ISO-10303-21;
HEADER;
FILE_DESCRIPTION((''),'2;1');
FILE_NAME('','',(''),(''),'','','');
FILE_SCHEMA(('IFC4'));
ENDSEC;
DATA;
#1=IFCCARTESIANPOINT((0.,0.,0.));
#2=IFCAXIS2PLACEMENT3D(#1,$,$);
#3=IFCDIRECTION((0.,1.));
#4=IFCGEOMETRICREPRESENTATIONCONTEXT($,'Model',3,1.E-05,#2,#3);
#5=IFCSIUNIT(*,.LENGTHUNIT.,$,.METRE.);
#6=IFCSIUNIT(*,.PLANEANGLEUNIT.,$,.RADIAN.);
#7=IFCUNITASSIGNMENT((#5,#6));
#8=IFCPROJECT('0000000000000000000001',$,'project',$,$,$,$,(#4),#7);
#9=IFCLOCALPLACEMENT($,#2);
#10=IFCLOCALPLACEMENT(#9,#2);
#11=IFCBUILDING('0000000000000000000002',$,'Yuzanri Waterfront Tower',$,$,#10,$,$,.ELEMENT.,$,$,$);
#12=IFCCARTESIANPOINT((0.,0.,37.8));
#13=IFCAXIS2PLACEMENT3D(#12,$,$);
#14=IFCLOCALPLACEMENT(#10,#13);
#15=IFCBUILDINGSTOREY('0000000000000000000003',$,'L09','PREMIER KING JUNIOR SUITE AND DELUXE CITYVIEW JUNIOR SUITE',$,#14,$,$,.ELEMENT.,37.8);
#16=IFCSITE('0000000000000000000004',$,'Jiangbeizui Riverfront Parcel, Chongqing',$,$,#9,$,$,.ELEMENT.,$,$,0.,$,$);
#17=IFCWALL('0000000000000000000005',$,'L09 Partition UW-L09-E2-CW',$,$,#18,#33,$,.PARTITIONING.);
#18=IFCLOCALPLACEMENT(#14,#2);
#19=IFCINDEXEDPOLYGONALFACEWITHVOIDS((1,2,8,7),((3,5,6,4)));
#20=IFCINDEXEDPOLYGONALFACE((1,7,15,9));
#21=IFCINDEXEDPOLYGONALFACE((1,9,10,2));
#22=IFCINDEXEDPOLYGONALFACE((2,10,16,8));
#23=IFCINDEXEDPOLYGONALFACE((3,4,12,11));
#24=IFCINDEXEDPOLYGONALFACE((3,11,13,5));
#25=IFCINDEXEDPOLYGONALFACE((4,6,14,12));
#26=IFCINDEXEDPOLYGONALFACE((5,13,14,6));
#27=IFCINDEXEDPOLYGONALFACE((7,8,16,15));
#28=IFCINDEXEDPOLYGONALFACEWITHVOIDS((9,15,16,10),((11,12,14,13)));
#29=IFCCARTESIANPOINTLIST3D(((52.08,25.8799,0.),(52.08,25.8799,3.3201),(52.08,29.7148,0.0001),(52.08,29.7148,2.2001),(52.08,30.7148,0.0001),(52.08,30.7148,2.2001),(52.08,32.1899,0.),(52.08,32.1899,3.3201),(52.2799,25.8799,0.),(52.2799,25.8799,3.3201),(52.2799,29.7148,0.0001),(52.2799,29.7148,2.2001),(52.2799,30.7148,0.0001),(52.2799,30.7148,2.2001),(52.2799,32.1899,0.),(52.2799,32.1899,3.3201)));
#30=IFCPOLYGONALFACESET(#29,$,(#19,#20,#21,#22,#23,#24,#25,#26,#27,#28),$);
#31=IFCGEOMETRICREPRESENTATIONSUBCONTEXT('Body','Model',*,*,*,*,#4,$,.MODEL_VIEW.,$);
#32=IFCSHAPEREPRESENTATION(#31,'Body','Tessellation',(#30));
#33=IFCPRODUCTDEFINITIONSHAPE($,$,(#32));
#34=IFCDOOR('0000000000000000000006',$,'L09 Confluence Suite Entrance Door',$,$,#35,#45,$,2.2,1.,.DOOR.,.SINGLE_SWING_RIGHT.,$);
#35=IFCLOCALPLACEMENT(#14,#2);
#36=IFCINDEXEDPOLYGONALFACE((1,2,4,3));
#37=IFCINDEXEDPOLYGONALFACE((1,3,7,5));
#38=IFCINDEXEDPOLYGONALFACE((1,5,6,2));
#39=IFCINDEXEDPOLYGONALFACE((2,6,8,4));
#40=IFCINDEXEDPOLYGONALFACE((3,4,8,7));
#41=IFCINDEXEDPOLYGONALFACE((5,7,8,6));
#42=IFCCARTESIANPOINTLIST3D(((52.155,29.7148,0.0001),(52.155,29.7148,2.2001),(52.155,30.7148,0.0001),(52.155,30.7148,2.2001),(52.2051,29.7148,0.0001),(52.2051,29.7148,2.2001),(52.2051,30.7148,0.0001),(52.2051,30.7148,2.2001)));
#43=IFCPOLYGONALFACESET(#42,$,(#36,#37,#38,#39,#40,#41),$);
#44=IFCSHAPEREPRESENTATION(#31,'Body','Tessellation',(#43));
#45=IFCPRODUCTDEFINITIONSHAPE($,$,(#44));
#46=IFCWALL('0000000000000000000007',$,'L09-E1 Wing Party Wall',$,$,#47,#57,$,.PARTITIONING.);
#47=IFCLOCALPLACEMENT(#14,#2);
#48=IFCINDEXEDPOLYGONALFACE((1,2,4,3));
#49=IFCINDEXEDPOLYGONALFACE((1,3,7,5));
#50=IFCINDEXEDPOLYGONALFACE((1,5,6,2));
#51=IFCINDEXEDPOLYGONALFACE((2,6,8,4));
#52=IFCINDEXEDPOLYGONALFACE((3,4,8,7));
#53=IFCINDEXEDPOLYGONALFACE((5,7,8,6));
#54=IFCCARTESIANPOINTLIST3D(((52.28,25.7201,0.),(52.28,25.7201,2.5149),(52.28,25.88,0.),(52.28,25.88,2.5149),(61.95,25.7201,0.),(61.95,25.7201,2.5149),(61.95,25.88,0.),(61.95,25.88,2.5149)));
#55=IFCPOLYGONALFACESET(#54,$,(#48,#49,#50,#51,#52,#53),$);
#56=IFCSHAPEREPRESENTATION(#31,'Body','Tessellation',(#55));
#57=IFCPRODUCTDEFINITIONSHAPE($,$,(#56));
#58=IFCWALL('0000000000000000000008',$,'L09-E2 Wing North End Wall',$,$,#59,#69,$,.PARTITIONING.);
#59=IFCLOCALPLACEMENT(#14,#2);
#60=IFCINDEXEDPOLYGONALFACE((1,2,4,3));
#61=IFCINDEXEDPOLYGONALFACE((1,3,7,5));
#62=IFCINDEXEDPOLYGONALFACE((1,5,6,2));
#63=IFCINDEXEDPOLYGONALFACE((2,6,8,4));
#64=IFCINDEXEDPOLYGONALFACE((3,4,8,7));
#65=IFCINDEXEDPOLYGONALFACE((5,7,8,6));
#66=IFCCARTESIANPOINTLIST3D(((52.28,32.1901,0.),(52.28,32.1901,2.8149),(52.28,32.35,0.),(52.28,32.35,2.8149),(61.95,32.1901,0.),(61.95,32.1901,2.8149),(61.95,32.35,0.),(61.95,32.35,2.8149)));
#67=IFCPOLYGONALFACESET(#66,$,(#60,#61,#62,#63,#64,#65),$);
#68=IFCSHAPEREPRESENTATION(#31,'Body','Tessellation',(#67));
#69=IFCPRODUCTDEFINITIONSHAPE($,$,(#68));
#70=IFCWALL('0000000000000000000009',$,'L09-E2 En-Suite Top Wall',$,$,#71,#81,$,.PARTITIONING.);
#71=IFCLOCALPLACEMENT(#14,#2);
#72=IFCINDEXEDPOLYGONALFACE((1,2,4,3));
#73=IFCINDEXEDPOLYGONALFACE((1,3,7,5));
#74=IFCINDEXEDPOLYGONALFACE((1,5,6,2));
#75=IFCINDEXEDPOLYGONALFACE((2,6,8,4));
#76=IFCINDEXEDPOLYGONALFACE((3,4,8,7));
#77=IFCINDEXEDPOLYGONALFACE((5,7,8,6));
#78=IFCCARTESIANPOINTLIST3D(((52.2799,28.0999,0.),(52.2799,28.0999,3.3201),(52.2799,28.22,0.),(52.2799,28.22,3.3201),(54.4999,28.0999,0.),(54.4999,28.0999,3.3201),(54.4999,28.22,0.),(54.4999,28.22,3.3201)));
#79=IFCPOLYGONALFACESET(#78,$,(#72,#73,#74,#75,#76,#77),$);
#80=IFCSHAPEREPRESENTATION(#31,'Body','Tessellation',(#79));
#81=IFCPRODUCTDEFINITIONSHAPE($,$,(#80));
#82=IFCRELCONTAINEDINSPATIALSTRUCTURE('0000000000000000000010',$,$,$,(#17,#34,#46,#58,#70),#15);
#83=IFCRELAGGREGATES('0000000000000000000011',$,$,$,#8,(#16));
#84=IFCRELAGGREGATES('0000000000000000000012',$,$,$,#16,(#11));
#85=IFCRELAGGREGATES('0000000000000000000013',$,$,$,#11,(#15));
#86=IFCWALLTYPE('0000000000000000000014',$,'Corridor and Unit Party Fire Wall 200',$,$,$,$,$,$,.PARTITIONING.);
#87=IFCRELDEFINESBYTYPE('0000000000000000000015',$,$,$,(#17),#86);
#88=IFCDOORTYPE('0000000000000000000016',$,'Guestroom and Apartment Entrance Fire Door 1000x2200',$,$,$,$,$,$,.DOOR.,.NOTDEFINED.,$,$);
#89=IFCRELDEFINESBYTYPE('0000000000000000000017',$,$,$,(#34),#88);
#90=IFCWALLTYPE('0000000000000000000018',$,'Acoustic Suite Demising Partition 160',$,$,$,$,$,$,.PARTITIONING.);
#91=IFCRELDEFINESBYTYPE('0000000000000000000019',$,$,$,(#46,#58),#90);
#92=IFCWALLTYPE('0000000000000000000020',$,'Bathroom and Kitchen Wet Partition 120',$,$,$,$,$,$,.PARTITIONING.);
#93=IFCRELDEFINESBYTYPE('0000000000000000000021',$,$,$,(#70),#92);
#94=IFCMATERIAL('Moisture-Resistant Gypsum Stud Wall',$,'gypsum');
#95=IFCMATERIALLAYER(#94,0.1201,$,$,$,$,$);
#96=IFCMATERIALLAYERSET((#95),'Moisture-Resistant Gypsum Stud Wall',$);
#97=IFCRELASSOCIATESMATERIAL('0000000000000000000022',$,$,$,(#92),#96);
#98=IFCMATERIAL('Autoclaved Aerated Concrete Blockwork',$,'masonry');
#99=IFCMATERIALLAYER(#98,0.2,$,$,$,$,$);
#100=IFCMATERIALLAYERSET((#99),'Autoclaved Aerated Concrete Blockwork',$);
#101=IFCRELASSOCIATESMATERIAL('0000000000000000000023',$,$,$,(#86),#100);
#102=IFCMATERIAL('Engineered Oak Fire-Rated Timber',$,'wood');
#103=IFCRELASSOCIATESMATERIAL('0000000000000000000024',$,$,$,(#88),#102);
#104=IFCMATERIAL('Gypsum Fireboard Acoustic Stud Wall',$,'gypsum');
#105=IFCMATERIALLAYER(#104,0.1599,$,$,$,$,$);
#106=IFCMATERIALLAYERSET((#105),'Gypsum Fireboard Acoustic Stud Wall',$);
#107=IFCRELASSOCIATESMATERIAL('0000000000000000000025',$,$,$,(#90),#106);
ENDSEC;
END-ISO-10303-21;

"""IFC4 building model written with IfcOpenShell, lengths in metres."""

from ifc_helpers import new_model, si_unit, direction, frame, frame_2d, origin, place, context, subcontext, project, spatial, rectangle, extrude, source, transform, mapped, material, layer, layer_set, type_object, element, fill, save


model = new_model("IFC4")

# Units and contexts
model_context = context("Model", 3, precision=1e-05, world=origin(), true_north=direction((0.0, 1.0)))
body_context = subcontext(model_context, "Body", "Model", "MODEL_VIEW")
ifc_project = project(units=[si_unit("LENGTHUNIT", "METRE"), si_unit("PLANEANGLEUNIT", "RADIAN")], contexts=[model_context])

# Site, building, storey
site_placement = place(None, origin())
site = spatial("IfcSite", under=ifc_project, at=site_placement, Name="Jiangbeizui Riverfront Parcel, Chongqing", CompositionType="ELEMENT", RefElevation=0.0)
building_placement = place(site_placement, origin())
building = spatial("IfcBuilding", under=site, at=building_placement, Name="Yuzanri Waterfront Tower", CompositionType="ELEMENT")
storey_placement = place(building_placement, frame((0.0, 0.0, 37.8)))
storey = spatial("IfcBuildingStorey", under=building, at=storey_placement, Name="L09", Description="PREMIER KING JUNIOR SUITE AND DELUXE CITYVIEW JUNIOR SUITE", CompositionType="ELEMENT", Elevation=37.8)

# Wall, opening, door
ifc_material_1 = material(Name="Moisture-Resistant Gypsum Stud Wall", Category="gypsum")
ifc_layer_1 = layer(ifc_material_1, 0.1201)
ifc_layer_set_1 = layer_set([ifc_layer_1], Name="Moisture-Resistant Gypsum Stud Wall")
wall_type_1 = type_object("IfcWallType", Name="Bathroom and Kitchen Wet Partition 120", PredefinedType="PARTITIONING", material=ifc_layer_set_1)
ifc_material_2 = material(Name="Autoclaved Aerated Concrete Blockwork", Category="masonry")
ifc_layer_2 = layer(ifc_material_2, 0.2)
ifc_layer_set_2 = layer_set([ifc_layer_2], Name="Autoclaved Aerated Concrete Blockwork")
wall_type_2 = type_object("IfcWallType", Name="Corridor and Unit Party Fire Wall 200", PredefinedType="PARTITIONING", material=ifc_layer_set_2)
ifc_material_3 = material(Name="Engineered Oak Fire-Rated Timber", Category="wood")
door_type_1 = type_object("IfcDoorType", Name="Guestroom and Apartment Entrance Fire Door 1000x2200", OperationType="NOTDEFINED", PredefinedType="DOOR", material=ifc_material_3)
shared_shape_1 = source(origin(), body_context, "Body", "SweptSolid", [
    extrude(rectangle(XDim=1.0, YDim=2.2, at=frame_2d((0.5, 1.1001))), frame((0.0, 0.0249, 0.0), z_axis=(0.0, -1.0, 0.0), x_axis=(1.0, 0.0, 0.0)), (0.0, 0.0, 1.0), 0.05),
])
wall_1_placement = place(storey_placement, frame((52.1799, 25.8799, 0.0), z_axis=(0.0, 0.0, 1.0), x_axis=(0.0, 1.0, 0.0)))
wall_1 = element("IfcWall", 1, at=wall_1_placement, inside=storey, type_object=wall_type_2, Name="L09 Partition UW-L09-E2-CW", PredefinedType="PARTITIONING", context=body_context, shape_type="SweptSolid", body=[
    extrude(rectangle(XDim=6.3101, YDim=0.2, at=frame_2d((3.155, 0.0))), origin(), (0.0, 0.0, 1.0), 3.3201),
])
opening_1_placement = place(wall_1_placement, frame((3.835, 0.0, 0.0)))
opening_1 = element("IfcOpeningElement", 2, at=opening_1_placement, cuts=wall_1, PredefinedType="OPENING", context=body_context, shape_type="SweptSolid", body=[
    extrude(rectangle(XDim=1.0, YDim=2.2, at=frame_2d((0.5, 1.1001))), frame((0.0, 0.1147, 0.0), z_axis=(0.0, -1.0, 0.0), x_axis=(1.0, 0.0, 0.0)), (0.0, 0.0, 1.0), 0.2297),
])
door_1_placement = place(opening_1_placement, origin())
door_1 = element("IfcDoor", 3, at=door_1_placement, inside=storey, type_object=door_type_1, Name="L09 Confluence Suite Entrance Door", OperationType="SINGLE_SWING_RIGHT", OverallHeight=2.2, OverallWidth=1.0, PredefinedType="DOOR", context=body_context, shape_type="MappedRepresentation", body=[
    mapped(shared_shape_1, transform((0.0, 0.0, 0.0), scale=1.0)),
])
fill(opening_1, door_1)

# Walls
ifc_material_4 = material(Name="Gypsum Fireboard Acoustic Stud Wall", Category="gypsum")
ifc_layer_3 = layer(ifc_material_4, 0.1599)
ifc_layer_set_3 = layer_set([ifc_layer_3], Name="Gypsum Fireboard Acoustic Stud Wall")
wall_type_3 = type_object("IfcWallType", Name="Acoustic Suite Demising Partition 160", PredefinedType="PARTITIONING", material=ifc_layer_set_3)
shared_shape_2 = source(origin(), body_context, "Body", "SweptSolid", [
    extrude(rectangle(XDim=9.6699, YDim=0.1599, at=frame_2d((4.835, 0.0))), origin(), (0.0, 0.0, 1.0), 2.5149),
])
wall_2_placement = place(storey_placement, frame((52.28, 25.8, 0.0), z_axis=(0.0, 0.0, 1.0), x_axis=(1.0, 0.0, 0.0)))
element("IfcWall", 4, at=wall_2_placement, inside=storey, type_object=wall_type_3, Name="L09-E1 Wing Party Wall", PredefinedType="PARTITIONING", context=body_context, shape_type="MappedRepresentation", body=[
    mapped(shared_shape_2, transform((0.0, 0.0, 0.0), scale=1.0)),
])
shared_shape_3 = source(origin(), body_context, "Body", "SweptSolid", [
    extrude(rectangle(XDim=9.6699, YDim=0.1599, at=frame_2d((4.835, 0.0))), origin(), (0.0, 0.0, 1.0), 2.8149),
])
wall_3_placement = place(storey_placement, frame((52.28, 32.27, 0.0), z_axis=(0.0, 0.0, 1.0), x_axis=(1.0, 0.0, 0.0)))
element("IfcWall", 5, at=wall_3_placement, inside=storey, type_object=wall_type_3, Name="L09-E2 Wing North End Wall", PredefinedType="PARTITIONING", context=body_context, shape_type="MappedRepresentation", body=[
    mapped(shared_shape_3, transform((0.0, 0.0, 0.0), scale=1.0)),
])
shared_shape_4 = source(origin(), body_context, "Body", "SweptSolid", [
    extrude(rectangle(XDim=2.22, YDim=0.1201, at=frame_2d((1.1099, 0.0))), origin(), (0.0, 0.0, 1.0), 3.3201),
])
wall_4_placement = place(storey_placement, frame((52.28, 28.1599, 0.0), z_axis=(0.0, 0.0, 1.0), x_axis=(1.0, 0.0, 0.0)))
element("IfcWall", 6, at=wall_4_placement, inside=storey, type_object=wall_type_1, Name="L09-E2 En-Suite Top Wall", PredefinedType="PARTITIONING", context=body_context, shape_type="MappedRepresentation", body=[
    mapped(shared_shape_4, transform((0.0, 0.0, 0.0), scale=1.0)),
])

save(model, "model.ifc")
